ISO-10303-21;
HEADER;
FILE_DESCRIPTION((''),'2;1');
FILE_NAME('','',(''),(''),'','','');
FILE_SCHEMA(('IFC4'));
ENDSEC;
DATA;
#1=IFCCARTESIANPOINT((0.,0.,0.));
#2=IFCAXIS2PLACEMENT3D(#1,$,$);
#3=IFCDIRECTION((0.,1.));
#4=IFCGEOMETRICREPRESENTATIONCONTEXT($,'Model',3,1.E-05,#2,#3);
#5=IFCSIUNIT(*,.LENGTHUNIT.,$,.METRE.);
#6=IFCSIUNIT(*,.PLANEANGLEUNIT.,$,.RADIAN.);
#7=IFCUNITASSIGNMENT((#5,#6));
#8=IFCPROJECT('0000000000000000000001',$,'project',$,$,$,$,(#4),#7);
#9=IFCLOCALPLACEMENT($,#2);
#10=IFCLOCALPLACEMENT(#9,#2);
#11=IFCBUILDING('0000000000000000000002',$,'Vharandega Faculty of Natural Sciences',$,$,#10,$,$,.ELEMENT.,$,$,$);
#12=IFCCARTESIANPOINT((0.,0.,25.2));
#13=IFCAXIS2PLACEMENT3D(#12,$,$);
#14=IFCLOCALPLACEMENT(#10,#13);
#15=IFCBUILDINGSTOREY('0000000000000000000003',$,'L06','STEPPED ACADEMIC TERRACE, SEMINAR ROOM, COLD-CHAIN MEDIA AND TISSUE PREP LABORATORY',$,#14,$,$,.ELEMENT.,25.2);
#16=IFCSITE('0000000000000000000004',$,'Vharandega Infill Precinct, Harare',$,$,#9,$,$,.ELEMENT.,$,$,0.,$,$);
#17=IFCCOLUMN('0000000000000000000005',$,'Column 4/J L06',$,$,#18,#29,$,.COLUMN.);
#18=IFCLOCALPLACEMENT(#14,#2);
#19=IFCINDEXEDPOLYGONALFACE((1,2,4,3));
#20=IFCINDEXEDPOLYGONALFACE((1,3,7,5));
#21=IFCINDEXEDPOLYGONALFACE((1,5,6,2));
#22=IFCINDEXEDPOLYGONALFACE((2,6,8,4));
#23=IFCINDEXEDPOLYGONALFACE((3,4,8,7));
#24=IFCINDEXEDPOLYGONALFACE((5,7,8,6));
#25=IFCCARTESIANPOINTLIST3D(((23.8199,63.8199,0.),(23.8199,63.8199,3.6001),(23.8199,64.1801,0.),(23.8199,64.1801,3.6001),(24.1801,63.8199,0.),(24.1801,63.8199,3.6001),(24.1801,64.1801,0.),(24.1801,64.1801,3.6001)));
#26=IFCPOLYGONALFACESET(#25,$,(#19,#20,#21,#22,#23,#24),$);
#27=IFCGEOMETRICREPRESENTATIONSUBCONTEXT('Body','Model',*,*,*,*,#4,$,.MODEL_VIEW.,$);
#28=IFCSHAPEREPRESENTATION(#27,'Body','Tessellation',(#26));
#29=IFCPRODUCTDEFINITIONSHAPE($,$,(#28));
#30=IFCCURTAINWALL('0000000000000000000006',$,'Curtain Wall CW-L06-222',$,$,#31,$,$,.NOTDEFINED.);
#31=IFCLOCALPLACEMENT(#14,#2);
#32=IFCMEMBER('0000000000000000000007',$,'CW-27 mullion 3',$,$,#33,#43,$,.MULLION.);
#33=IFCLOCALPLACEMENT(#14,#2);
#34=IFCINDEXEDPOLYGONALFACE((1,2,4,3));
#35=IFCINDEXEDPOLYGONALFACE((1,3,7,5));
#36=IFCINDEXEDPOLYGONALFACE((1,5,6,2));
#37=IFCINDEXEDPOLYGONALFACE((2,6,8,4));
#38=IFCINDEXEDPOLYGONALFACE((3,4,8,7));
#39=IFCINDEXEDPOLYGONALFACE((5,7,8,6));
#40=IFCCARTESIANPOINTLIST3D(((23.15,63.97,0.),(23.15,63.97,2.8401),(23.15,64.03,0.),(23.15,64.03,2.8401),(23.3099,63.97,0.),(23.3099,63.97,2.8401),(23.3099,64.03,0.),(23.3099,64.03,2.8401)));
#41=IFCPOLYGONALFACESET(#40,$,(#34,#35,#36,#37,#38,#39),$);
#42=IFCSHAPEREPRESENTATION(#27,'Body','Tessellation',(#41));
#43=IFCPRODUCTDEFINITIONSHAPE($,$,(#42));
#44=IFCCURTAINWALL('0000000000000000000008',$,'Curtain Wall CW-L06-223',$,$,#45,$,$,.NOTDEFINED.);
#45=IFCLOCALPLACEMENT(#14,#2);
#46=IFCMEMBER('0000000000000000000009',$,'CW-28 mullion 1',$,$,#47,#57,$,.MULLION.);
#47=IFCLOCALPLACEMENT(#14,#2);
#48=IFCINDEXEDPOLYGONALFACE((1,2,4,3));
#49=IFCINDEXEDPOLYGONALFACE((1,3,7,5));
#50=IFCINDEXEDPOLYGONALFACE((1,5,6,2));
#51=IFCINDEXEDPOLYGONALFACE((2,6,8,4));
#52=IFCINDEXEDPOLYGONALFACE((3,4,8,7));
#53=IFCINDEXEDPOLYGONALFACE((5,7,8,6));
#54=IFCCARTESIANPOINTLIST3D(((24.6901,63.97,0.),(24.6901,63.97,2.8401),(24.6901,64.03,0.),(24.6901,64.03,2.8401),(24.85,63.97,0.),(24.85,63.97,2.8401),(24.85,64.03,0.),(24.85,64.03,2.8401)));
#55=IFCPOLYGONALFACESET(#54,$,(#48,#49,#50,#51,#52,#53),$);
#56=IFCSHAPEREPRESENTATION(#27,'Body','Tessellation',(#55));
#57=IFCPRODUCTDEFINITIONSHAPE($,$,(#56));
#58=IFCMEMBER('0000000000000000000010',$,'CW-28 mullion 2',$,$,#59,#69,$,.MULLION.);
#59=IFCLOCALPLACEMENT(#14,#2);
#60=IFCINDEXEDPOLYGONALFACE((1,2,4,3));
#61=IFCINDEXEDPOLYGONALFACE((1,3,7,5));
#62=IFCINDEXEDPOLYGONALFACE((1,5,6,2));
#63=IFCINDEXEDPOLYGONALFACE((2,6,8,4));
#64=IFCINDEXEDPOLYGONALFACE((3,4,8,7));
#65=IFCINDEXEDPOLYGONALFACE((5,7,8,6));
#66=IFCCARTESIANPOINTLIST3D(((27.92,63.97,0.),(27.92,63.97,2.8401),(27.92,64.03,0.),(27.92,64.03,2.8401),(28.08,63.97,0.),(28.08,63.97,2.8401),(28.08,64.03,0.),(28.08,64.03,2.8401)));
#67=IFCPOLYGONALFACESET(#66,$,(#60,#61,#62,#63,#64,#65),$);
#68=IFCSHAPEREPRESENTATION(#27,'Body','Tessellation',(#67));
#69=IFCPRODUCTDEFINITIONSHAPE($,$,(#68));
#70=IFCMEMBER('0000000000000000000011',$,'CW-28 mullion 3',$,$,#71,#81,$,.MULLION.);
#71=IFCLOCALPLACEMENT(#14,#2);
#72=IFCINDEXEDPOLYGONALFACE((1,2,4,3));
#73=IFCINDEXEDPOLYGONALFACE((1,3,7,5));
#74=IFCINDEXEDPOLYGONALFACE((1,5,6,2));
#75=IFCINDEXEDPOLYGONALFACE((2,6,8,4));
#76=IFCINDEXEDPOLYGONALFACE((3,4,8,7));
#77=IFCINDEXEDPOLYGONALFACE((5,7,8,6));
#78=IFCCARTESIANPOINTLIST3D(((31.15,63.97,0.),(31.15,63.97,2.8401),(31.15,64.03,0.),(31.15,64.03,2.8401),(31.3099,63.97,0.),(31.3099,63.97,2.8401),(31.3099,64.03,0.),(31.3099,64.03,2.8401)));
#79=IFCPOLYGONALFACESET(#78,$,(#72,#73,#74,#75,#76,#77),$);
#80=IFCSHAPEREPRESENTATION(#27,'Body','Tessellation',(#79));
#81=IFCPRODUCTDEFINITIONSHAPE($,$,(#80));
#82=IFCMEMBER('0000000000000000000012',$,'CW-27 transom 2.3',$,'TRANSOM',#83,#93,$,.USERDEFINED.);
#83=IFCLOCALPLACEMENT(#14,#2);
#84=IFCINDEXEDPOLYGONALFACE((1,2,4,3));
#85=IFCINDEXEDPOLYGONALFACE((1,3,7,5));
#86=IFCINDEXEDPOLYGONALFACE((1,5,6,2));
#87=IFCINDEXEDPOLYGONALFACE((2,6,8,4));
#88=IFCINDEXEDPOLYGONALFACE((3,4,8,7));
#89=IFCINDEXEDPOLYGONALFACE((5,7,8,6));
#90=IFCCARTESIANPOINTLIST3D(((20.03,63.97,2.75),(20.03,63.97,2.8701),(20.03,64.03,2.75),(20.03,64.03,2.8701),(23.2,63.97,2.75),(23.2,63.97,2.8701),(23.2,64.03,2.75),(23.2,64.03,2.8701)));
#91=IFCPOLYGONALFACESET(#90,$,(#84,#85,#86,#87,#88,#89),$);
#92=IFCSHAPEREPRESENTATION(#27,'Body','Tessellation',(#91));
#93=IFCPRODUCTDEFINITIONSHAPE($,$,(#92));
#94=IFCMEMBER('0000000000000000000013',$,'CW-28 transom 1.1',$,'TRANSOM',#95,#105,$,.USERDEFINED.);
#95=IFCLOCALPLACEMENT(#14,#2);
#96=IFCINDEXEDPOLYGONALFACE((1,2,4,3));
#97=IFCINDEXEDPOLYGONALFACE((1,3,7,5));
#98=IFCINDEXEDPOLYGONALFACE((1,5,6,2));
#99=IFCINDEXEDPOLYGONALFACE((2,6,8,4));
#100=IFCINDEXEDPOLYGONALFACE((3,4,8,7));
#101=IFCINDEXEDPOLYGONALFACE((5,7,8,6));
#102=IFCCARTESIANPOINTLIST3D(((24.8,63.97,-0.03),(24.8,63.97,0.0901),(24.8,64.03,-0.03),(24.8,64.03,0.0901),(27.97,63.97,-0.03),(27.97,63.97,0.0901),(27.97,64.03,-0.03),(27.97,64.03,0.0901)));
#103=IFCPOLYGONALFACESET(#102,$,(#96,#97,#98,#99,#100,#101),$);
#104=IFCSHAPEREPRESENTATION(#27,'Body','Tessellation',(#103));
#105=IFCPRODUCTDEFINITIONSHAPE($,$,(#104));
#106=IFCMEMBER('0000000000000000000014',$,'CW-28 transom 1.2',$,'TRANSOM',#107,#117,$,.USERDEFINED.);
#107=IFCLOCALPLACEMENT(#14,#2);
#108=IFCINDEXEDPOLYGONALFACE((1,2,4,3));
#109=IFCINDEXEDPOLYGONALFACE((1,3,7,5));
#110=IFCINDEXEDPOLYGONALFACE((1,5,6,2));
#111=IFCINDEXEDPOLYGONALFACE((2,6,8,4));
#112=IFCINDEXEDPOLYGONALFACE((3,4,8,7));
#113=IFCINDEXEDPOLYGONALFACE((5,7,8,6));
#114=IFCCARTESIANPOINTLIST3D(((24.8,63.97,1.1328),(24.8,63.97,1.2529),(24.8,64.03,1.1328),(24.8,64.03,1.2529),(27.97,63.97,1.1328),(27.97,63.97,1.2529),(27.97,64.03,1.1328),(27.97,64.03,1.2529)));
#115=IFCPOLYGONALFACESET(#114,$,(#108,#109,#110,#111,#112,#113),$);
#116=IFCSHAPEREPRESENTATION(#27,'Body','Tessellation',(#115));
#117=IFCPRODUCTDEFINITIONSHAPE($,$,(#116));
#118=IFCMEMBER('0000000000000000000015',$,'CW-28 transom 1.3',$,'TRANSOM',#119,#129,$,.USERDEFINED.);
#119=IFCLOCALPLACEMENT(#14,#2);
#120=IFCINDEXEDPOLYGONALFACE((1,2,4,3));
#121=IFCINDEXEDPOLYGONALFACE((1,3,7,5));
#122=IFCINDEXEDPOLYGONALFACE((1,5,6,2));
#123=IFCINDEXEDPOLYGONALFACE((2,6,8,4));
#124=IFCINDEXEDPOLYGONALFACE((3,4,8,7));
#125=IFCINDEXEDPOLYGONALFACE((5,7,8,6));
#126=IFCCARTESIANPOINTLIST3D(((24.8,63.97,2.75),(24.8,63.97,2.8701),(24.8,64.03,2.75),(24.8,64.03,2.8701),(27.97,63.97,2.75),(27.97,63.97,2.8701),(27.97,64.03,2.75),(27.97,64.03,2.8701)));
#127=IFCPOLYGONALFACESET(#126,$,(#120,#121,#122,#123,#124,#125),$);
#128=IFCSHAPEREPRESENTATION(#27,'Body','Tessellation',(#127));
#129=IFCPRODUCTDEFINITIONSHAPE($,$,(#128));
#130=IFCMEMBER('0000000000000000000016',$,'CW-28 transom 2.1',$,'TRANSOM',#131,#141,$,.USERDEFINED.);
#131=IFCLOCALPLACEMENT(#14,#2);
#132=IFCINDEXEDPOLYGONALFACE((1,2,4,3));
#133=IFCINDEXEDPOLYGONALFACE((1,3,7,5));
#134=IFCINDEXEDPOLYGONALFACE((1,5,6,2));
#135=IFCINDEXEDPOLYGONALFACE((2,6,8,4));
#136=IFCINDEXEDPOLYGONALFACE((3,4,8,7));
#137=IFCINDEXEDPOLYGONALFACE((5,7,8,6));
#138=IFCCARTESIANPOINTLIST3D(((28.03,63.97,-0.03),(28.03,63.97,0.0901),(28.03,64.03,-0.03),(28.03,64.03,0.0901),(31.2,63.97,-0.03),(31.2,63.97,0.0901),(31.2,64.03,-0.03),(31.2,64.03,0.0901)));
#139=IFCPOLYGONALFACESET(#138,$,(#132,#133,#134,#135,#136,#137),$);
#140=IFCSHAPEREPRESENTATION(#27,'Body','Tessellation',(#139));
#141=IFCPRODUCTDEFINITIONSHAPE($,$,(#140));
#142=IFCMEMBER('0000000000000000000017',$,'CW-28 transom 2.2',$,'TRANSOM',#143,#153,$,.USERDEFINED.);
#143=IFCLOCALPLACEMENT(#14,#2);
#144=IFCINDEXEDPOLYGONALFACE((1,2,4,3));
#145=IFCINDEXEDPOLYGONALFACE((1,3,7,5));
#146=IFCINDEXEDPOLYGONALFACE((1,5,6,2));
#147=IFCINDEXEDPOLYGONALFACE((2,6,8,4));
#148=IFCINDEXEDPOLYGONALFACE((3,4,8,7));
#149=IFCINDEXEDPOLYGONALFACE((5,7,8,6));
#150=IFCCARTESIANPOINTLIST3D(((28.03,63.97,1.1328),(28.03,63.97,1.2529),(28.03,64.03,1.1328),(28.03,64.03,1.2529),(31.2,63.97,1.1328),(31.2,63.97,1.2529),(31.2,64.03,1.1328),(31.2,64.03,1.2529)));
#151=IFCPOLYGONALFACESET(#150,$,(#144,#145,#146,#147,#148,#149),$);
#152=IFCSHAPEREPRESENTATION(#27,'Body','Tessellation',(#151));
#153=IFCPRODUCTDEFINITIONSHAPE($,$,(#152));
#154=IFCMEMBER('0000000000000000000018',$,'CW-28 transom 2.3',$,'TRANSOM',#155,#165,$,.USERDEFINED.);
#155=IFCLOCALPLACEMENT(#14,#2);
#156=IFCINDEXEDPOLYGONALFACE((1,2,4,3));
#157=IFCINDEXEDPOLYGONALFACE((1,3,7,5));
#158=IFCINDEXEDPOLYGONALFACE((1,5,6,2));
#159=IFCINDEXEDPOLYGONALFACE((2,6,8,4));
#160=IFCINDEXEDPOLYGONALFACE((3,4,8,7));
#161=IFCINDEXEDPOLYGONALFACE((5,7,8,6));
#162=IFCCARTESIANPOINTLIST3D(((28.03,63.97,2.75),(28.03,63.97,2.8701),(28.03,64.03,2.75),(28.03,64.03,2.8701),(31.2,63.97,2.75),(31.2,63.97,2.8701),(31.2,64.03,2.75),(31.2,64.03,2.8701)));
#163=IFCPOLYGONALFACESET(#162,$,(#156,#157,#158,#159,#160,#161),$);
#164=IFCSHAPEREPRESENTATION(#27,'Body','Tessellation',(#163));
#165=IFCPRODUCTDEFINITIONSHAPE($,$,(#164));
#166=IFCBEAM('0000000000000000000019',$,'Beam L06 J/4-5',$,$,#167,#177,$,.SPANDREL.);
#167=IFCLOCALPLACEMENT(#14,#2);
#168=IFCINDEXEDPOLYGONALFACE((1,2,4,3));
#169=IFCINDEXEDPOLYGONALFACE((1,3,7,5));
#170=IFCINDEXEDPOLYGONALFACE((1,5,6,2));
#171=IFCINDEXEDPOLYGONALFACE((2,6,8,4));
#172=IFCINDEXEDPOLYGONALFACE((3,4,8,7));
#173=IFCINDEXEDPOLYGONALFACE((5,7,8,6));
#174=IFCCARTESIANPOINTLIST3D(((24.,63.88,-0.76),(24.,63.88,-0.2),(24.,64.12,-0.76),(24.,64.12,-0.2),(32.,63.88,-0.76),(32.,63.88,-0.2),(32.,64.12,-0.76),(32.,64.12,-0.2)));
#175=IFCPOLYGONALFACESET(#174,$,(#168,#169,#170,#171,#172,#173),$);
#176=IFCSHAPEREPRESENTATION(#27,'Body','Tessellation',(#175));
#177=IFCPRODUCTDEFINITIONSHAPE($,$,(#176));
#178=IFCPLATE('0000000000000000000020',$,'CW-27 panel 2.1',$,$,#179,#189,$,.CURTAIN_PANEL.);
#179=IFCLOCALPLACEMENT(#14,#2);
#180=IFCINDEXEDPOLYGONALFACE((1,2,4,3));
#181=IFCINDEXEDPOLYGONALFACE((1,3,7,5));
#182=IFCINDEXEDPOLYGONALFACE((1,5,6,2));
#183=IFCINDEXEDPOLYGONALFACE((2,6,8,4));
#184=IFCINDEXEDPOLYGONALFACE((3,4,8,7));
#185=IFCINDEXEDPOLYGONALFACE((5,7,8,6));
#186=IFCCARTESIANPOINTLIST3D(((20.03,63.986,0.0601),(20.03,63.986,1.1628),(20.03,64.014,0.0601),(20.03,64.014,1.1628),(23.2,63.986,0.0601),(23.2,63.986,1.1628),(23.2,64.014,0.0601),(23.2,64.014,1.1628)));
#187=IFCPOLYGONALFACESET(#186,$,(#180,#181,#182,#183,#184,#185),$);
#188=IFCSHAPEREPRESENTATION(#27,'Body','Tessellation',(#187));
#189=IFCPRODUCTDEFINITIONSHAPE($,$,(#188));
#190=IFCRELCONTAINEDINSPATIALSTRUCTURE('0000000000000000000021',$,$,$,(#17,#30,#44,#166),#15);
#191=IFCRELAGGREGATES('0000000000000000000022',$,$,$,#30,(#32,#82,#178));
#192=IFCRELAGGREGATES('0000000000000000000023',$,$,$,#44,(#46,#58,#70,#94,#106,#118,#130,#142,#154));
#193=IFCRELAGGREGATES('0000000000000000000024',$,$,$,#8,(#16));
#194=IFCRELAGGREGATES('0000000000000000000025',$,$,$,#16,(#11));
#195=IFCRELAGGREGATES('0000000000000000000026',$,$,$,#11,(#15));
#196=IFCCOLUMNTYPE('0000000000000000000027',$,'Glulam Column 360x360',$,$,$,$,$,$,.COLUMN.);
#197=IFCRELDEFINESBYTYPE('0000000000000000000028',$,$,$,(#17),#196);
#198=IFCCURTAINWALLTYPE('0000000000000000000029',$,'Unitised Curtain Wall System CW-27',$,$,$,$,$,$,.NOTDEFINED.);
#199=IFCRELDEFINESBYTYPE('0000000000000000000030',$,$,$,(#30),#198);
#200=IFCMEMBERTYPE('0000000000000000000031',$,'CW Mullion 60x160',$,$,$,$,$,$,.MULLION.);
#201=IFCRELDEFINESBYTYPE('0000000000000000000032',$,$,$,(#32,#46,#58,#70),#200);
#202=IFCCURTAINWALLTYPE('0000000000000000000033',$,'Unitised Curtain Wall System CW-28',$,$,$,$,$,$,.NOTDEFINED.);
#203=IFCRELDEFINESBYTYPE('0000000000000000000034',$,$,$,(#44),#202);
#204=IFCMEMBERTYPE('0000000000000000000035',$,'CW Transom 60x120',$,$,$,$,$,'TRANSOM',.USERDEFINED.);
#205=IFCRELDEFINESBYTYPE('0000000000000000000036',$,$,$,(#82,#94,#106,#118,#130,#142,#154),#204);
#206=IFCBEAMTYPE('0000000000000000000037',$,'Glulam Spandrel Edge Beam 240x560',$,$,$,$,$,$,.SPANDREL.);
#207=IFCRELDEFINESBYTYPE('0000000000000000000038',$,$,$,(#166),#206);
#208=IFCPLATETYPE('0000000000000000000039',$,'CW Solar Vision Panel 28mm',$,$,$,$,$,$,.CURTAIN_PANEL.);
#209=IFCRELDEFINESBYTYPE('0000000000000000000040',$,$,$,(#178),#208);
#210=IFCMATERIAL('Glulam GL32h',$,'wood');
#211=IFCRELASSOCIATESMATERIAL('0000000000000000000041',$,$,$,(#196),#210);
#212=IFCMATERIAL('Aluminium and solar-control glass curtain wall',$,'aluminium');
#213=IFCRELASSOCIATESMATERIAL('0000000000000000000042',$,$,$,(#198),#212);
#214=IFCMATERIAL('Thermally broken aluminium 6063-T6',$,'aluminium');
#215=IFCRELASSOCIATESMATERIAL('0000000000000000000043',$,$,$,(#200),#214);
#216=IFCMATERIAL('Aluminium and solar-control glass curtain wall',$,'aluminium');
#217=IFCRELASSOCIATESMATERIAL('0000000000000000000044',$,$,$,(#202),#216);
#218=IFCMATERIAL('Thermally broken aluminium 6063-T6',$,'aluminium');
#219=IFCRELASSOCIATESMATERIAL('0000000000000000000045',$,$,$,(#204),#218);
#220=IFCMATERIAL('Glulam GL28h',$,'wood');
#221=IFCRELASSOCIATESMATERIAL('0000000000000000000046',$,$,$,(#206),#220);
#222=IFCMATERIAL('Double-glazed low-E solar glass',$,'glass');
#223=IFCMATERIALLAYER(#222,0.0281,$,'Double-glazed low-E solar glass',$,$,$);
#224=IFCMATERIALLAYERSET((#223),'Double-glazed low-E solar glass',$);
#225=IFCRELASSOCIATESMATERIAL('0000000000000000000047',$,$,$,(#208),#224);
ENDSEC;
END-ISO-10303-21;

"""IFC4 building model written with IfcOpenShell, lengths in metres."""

from ifc_helpers import new_model, si_unit, direction, frame, origin, origin_2d, place, context, subcontext, project, spatial, rectangle, extrude, material, layer, layer_set, material_profile, profile_set, type_object, element, aggregate, save


model = new_model("IFC4")

# Units and contexts
model_context = context("Model", 3, precision=1e-05, world=origin(), true_north=direction((0.0, 1.0)))
body_context = subcontext(model_context, "Body", "Model", "MODEL_VIEW")
ifc_project = project(units=[si_unit("LENGTHUNIT", "METRE"), si_unit("PLANEANGLEUNIT", "RADIAN")], contexts=[model_context])

# Site, building, storey
site_placement = place(None, origin())
site = spatial("IfcSite", under=ifc_project, at=site_placement, Name="Vharandega Infill Precinct, Harare", CompositionType="ELEMENT", RefElevation=0.0)
building_placement = place(site_placement, origin())
building = spatial("IfcBuilding", under=site, at=building_placement, Name="Vharandega Faculty of Natural Sciences", CompositionType="ELEMENT")
storey_placement = place(building_placement, frame((0.0, 0.0, 25.2)))
storey = spatial("IfcBuildingStorey", under=building, at=storey_placement, Name="L06", Description="STEPPED ACADEMIC TERRACE, SEMINAR ROOM, COLD-CHAIN MEDIA AND TISSUE PREP LABORATORY", CompositionType="ELEMENT", Elevation=25.2)

# Column
ifc_material_1 = material(Name="Glulam GL32h", Category="wood")
ifc_material_profile_1 = material_profile(ifc_material_1, rectangle(XDim=0.3601, YDim=0.3601, at=origin_2d()), Name="GL32h 360x360")
ifc_profile_set_1 = profile_set([ifc_material_profile_1], Name="Glulam GL32h")
column_type = type_object("IfcColumnType", Name="Glulam Column 360x360", PredefinedType="COLUMN", material=ifc_profile_set_1)
column_placement = place(storey_placement, frame((24.0, 64.0, 0.0), z_axis=(0.0, 0.0, 1.0), x_axis=(1.0, 0.0, 0.0)))
element("IfcColumn", 1, at=column_placement, inside=storey, type_object=column_type, Name="Column 4/J L06", PredefinedType="COLUMN", context=body_context, shape_type="SweptSolid", body=[
    extrude(rectangle(XDim=0.3601, YDim=0.3601, at=origin_2d()), origin(), (0.0, 0.0, 1.0), 3.6001),
])

# Curtain wall, member
ifc_material_2 = material(Name="Aluminium and solar-control glass curtain wall", Category="aluminium")
curtain_wall_type_1 = type_object("IfcCurtainWallType", Name="Unitised Curtain Wall System CW-27", PredefinedType="NOTDEFINED", material=ifc_material_2)
curtain_wall_1_placement = place(storey_placement, origin())
curtain_wall_1 = element("IfcCurtainWall", 2, at=curtain_wall_1_placement, inside=storey, type_object=curtain_wall_type_1, Name="Curtain Wall CW-L06-222", PredefinedType="NOTDEFINED")
ifc_material_3 = material(Name="Thermally broken aluminium 6063-T6", Category="aluminium")
ifc_material_profile_2 = material_profile(ifc_material_3, rectangle(XDim=0.0601, YDim=0.1599, at=origin_2d()), Name="ALU 60x160")
ifc_profile_set_2 = profile_set([ifc_material_profile_2], Name="Thermally broken aluminium 6063-T6")
member_type_1 = type_object("IfcMemberType", Name="CW Mullion 60x160", PredefinedType="MULLION", material=ifc_profile_set_2)
member_1_placement = place(storey_placement, frame((23.23, 64.0, 0.0), z_axis=(0.0, 0.0, 1.0), x_axis=(0.0, 1.0, 0.0)))
member_1 = element("IfcMember", 3, at=member_1_placement, type_object=member_type_1, Name="CW-27 mullion 3", PredefinedType="MULLION", context=body_context, shape_type="SweptSolid", body=[
    extrude(rectangle(XDim=0.0601, YDim=0.1599, at=origin_2d()), origin(), (0.0, 0.0, 1.0), 2.8401),
])

# Curtain wall, members
ifc_material_4 = material(Name="Aluminium and solar-control glass curtain wall", Category="aluminium")
curtain_wall_type_2 = type_object("IfcCurtainWallType", Name="Unitised Curtain Wall System CW-28", PredefinedType="NOTDEFINED", material=ifc_material_4)
curtain_wall_2_placement = place(storey_placement, origin())
curtain_wall_2 = element("IfcCurtainWall", 4, at=curtain_wall_2_placement, inside=storey, type_object=curtain_wall_type_2, Name="Curtain Wall CW-L06-223", PredefinedType="NOTDEFINED")
member_2_placement = place(storey_placement, frame((24.77, 64.0, 0.0), z_axis=(0.0, 0.0, 1.0), x_axis=(0.0, 1.0, 0.0)))
member_2 = element("IfcMember", 5, at=member_2_placement, type_object=member_type_1, Name="CW-28 mullion 1", PredefinedType="MULLION", context=body_context, shape_type="SweptSolid", body=[
    extrude(rectangle(XDim=0.0601, YDim=0.1599, at=origin_2d()), origin(), (0.0, 0.0, 1.0), 2.8401),
])
member_3_placement = place(storey_placement, frame((28.0, 64.0, 0.0), z_axis=(0.0, 0.0, 1.0), x_axis=(0.0, 1.0, 0.0)))
member_3 = element("IfcMember", 6, at=member_3_placement, type_object=member_type_1, Name="CW-28 mullion 2", PredefinedType="MULLION", context=body_context, shape_type="SweptSolid", body=[
    extrude(rectangle(XDim=0.0601, YDim=0.1599, at=origin_2d()), origin(), (0.0, 0.0, 1.0), 2.8401),
])
member_4_placement = place(storey_placement, frame((31.23, 64.0, 0.0), z_axis=(0.0, 0.0, 1.0), x_axis=(0.0, 1.0, 0.0)))
member_4 = element("IfcMember", 7, at=member_4_placement, type_object=member_type_1, Name="CW-28 mullion 3", PredefinedType="MULLION", context=body_context, shape_type="SweptSolid", body=[
    extrude(rectangle(XDim=0.0601, YDim=0.1599, at=origin_2d()), origin(), (0.0, 0.0, 1.0), 2.8401),
])

# Members
ifc_material_5 = material(Name="Thermally broken aluminium 6063-T6", Category="aluminium")
ifc_material_profile_3 = material_profile(ifc_material_5, rectangle(XDim=0.0601, YDim=0.1201, at=origin_2d()), Name="ALU 60x120")
ifc_profile_set_3 = profile_set([ifc_material_profile_3], Name="Thermally broken aluminium 6063-T6")
member_type_2 = type_object("IfcMemberType", Name="CW Transom 60x120", ElementType="TRANSOM", PredefinedType="USERDEFINED", material=ifc_profile_set_3)
member_5_placement = place(storey_placement, frame((20.03, 64.0, 2.8101), z_axis=(1.0, 0.0, 0.0), x_axis=(0.0, 1.0, 0.0)))
member_5 = element("IfcMember", 8, at=member_5_placement, type_object=member_type_2, Name="CW-27 transom 2.3", ObjectType="TRANSOM", PredefinedType="USERDEFINED", context=body_context, shape_type="SweptSolid", body=[
    extrude(rectangle(XDim=0.0601, YDim=0.1201, at=origin_2d()), origin(), (0.0, 0.0, 1.0), 3.1699),
])
member_6_placement = place(storey_placement, frame((24.8, 64.0, 0.03), z_axis=(1.0, 0.0, 0.0), x_axis=(0.0, 1.0, 0.0)))
member_6 = element("IfcMember", 9, at=member_6_placement, type_object=member_type_2, Name="CW-28 transom 1.1", ObjectType="TRANSOM", PredefinedType="USERDEFINED", context=body_context, shape_type="SweptSolid", body=[
    extrude(rectangle(XDim=0.0601, YDim=0.1201, at=origin_2d()), origin(), (0.0, 0.0, 1.0), 3.1699),
])
member_7_placement = place(storey_placement, frame((24.8, 64.0, 1.1929), z_axis=(1.0, 0.0, 0.0), x_axis=(0.0, 1.0, 0.0)))
member_7 = element("IfcMember", 10, at=member_7_placement, type_object=member_type_2, Name="CW-28 transom 1.2", ObjectType="TRANSOM", PredefinedType="USERDEFINED", context=body_context, shape_type="SweptSolid", body=[
    extrude(rectangle(XDim=0.0601, YDim=0.1201, at=origin_2d()), origin(), (0.0, 0.0, 1.0), 3.1699),
])
member_8_placement = place(storey_placement, frame((24.8, 64.0, 2.8101), z_axis=(1.0, 0.0, 0.0), x_axis=(0.0, 1.0, 0.0)))
member_8 = element("IfcMember", 11, at=member_8_placement, type_object=member_type_2, Name="CW-28 transom 1.3", ObjectType="TRANSOM", PredefinedType="USERDEFINED", context=body_context, shape_type="SweptSolid", body=[
    extrude(rectangle(XDim=0.0601, YDim=0.1201, at=origin_2d()), origin(), (0.0, 0.0, 1.0), 3.1699),
])
member_9_placement = place(storey_placement, frame((28.03, 64.0, 0.03), z_axis=(1.0, 0.0, 0.0), x_axis=(0.0, 1.0, 0.0)))
member_9 = element("IfcMember", 12, at=member_9_placement, type_object=member_type_2, Name="CW-28 transom 2.1", ObjectType="TRANSOM", PredefinedType="USERDEFINED", context=body_context, shape_type="SweptSolid", body=[
    extrude(rectangle(XDim=0.0601, YDim=0.1201, at=origin_2d()), origin(), (0.0, 0.0, 1.0), 3.1699),
])
member_10_placement = place(storey_placement, frame((28.03, 64.0, 1.1929), z_axis=(1.0, 0.0, 0.0), x_axis=(0.0, 1.0, 0.0)))
member_10 = element("IfcMember", 13, at=member_10_placement, type_object=member_type_2, Name="CW-28 transom 2.2", ObjectType="TRANSOM", PredefinedType="USERDEFINED", context=body_context, shape_type="SweptSolid", body=[
    extrude(rectangle(XDim=0.0601, YDim=0.1201, at=origin_2d()), origin(), (0.0, 0.0, 1.0), 3.1699),
])
member_11_placement = place(storey_placement, frame((28.03, 64.0, 2.8101), z_axis=(1.0, 0.0, 0.0), x_axis=(0.0, 1.0, 0.0)))
member_11 = element("IfcMember", 14, at=member_11_placement, type_object=member_type_2, Name="CW-28 transom 2.3", ObjectType="TRANSOM", PredefinedType="USERDEFINED", context=body_context, shape_type="SweptSolid", body=[
    extrude(rectangle(XDim=0.0601, YDim=0.1201, at=origin_2d()), origin(), (0.0, 0.0, 1.0), 3.1699),
])

# Beam
ifc_material_6 = material(Name="Glulam GL28h", Category="wood")
ifc_material_profile_4 = material_profile(ifc_material_6, rectangle(XDim=0.24, YDim=0.5601, at=origin_2d()), Name="GL28h 240x560")
ifc_profile_set_4 = profile_set([ifc_material_profile_4], Name="Glulam GL28h")
beam_type = type_object("IfcBeamType", Name="Glulam Spandrel Edge Beam 240x560", PredefinedType="SPANDREL", material=ifc_profile_set_4)
beam_placement = place(storey_placement, frame((24.0, 64.0, -0.48), z_axis=(1.0, 0.0, 0.0), x_axis=(0.0, 1.0, 0.0)))
element("IfcBeam", 15, at=beam_placement, inside=storey, type_object=beam_type, Name="Beam L06 J/4-5", PredefinedType="SPANDREL", context=body_context, shape_type="SweptSolid", body=[
    extrude(rectangle(XDim=0.24, YDim=0.5601, at=origin_2d()), origin(), (0.0, 0.0, 1.0), 8.0),
])

# Plate
ifc_material_7 = material(Name="Double-glazed low-E solar glass", Category="glass")
ifc_layer = layer(ifc_material_7, 0.0281, Name="Double-glazed low-E solar glass")
ifc_layer_set = layer_set([ifc_layer], Name="Double-glazed low-E solar glass")
plate_type = type_object("IfcPlateType", Name="CW Solar Vision Panel 28mm", PredefinedType="CURTAIN_PANEL", material=ifc_layer_set)
plate_1_placement = place(storey_placement, frame((21.615, 64.0, 0.0601), z_axis=(0.0, 0.0, 1.0), x_axis=(1.0, 0.0, 0.0)))
plate_1 = element("IfcPlate", 16, at=plate_1_placement, type_object=plate_type, Name="CW-27 panel 2.1", PredefinedType="CURTAIN_PANEL", context=body_context, shape_type="SweptSolid", body=[
    extrude(rectangle(XDim=3.1699, YDim=0.0281, at=origin_2d()), origin(), (0.0, 0.0, 1.0), 1.1028),
])
aggregate(curtain_wall_1, [member_1, member_5, plate_1])
aggregate(curtain_wall_2, [member_2, member_3, member_4, member_6, member_7, member_8, member_9, member_10, member_11])

save(model, "model.ifc")
